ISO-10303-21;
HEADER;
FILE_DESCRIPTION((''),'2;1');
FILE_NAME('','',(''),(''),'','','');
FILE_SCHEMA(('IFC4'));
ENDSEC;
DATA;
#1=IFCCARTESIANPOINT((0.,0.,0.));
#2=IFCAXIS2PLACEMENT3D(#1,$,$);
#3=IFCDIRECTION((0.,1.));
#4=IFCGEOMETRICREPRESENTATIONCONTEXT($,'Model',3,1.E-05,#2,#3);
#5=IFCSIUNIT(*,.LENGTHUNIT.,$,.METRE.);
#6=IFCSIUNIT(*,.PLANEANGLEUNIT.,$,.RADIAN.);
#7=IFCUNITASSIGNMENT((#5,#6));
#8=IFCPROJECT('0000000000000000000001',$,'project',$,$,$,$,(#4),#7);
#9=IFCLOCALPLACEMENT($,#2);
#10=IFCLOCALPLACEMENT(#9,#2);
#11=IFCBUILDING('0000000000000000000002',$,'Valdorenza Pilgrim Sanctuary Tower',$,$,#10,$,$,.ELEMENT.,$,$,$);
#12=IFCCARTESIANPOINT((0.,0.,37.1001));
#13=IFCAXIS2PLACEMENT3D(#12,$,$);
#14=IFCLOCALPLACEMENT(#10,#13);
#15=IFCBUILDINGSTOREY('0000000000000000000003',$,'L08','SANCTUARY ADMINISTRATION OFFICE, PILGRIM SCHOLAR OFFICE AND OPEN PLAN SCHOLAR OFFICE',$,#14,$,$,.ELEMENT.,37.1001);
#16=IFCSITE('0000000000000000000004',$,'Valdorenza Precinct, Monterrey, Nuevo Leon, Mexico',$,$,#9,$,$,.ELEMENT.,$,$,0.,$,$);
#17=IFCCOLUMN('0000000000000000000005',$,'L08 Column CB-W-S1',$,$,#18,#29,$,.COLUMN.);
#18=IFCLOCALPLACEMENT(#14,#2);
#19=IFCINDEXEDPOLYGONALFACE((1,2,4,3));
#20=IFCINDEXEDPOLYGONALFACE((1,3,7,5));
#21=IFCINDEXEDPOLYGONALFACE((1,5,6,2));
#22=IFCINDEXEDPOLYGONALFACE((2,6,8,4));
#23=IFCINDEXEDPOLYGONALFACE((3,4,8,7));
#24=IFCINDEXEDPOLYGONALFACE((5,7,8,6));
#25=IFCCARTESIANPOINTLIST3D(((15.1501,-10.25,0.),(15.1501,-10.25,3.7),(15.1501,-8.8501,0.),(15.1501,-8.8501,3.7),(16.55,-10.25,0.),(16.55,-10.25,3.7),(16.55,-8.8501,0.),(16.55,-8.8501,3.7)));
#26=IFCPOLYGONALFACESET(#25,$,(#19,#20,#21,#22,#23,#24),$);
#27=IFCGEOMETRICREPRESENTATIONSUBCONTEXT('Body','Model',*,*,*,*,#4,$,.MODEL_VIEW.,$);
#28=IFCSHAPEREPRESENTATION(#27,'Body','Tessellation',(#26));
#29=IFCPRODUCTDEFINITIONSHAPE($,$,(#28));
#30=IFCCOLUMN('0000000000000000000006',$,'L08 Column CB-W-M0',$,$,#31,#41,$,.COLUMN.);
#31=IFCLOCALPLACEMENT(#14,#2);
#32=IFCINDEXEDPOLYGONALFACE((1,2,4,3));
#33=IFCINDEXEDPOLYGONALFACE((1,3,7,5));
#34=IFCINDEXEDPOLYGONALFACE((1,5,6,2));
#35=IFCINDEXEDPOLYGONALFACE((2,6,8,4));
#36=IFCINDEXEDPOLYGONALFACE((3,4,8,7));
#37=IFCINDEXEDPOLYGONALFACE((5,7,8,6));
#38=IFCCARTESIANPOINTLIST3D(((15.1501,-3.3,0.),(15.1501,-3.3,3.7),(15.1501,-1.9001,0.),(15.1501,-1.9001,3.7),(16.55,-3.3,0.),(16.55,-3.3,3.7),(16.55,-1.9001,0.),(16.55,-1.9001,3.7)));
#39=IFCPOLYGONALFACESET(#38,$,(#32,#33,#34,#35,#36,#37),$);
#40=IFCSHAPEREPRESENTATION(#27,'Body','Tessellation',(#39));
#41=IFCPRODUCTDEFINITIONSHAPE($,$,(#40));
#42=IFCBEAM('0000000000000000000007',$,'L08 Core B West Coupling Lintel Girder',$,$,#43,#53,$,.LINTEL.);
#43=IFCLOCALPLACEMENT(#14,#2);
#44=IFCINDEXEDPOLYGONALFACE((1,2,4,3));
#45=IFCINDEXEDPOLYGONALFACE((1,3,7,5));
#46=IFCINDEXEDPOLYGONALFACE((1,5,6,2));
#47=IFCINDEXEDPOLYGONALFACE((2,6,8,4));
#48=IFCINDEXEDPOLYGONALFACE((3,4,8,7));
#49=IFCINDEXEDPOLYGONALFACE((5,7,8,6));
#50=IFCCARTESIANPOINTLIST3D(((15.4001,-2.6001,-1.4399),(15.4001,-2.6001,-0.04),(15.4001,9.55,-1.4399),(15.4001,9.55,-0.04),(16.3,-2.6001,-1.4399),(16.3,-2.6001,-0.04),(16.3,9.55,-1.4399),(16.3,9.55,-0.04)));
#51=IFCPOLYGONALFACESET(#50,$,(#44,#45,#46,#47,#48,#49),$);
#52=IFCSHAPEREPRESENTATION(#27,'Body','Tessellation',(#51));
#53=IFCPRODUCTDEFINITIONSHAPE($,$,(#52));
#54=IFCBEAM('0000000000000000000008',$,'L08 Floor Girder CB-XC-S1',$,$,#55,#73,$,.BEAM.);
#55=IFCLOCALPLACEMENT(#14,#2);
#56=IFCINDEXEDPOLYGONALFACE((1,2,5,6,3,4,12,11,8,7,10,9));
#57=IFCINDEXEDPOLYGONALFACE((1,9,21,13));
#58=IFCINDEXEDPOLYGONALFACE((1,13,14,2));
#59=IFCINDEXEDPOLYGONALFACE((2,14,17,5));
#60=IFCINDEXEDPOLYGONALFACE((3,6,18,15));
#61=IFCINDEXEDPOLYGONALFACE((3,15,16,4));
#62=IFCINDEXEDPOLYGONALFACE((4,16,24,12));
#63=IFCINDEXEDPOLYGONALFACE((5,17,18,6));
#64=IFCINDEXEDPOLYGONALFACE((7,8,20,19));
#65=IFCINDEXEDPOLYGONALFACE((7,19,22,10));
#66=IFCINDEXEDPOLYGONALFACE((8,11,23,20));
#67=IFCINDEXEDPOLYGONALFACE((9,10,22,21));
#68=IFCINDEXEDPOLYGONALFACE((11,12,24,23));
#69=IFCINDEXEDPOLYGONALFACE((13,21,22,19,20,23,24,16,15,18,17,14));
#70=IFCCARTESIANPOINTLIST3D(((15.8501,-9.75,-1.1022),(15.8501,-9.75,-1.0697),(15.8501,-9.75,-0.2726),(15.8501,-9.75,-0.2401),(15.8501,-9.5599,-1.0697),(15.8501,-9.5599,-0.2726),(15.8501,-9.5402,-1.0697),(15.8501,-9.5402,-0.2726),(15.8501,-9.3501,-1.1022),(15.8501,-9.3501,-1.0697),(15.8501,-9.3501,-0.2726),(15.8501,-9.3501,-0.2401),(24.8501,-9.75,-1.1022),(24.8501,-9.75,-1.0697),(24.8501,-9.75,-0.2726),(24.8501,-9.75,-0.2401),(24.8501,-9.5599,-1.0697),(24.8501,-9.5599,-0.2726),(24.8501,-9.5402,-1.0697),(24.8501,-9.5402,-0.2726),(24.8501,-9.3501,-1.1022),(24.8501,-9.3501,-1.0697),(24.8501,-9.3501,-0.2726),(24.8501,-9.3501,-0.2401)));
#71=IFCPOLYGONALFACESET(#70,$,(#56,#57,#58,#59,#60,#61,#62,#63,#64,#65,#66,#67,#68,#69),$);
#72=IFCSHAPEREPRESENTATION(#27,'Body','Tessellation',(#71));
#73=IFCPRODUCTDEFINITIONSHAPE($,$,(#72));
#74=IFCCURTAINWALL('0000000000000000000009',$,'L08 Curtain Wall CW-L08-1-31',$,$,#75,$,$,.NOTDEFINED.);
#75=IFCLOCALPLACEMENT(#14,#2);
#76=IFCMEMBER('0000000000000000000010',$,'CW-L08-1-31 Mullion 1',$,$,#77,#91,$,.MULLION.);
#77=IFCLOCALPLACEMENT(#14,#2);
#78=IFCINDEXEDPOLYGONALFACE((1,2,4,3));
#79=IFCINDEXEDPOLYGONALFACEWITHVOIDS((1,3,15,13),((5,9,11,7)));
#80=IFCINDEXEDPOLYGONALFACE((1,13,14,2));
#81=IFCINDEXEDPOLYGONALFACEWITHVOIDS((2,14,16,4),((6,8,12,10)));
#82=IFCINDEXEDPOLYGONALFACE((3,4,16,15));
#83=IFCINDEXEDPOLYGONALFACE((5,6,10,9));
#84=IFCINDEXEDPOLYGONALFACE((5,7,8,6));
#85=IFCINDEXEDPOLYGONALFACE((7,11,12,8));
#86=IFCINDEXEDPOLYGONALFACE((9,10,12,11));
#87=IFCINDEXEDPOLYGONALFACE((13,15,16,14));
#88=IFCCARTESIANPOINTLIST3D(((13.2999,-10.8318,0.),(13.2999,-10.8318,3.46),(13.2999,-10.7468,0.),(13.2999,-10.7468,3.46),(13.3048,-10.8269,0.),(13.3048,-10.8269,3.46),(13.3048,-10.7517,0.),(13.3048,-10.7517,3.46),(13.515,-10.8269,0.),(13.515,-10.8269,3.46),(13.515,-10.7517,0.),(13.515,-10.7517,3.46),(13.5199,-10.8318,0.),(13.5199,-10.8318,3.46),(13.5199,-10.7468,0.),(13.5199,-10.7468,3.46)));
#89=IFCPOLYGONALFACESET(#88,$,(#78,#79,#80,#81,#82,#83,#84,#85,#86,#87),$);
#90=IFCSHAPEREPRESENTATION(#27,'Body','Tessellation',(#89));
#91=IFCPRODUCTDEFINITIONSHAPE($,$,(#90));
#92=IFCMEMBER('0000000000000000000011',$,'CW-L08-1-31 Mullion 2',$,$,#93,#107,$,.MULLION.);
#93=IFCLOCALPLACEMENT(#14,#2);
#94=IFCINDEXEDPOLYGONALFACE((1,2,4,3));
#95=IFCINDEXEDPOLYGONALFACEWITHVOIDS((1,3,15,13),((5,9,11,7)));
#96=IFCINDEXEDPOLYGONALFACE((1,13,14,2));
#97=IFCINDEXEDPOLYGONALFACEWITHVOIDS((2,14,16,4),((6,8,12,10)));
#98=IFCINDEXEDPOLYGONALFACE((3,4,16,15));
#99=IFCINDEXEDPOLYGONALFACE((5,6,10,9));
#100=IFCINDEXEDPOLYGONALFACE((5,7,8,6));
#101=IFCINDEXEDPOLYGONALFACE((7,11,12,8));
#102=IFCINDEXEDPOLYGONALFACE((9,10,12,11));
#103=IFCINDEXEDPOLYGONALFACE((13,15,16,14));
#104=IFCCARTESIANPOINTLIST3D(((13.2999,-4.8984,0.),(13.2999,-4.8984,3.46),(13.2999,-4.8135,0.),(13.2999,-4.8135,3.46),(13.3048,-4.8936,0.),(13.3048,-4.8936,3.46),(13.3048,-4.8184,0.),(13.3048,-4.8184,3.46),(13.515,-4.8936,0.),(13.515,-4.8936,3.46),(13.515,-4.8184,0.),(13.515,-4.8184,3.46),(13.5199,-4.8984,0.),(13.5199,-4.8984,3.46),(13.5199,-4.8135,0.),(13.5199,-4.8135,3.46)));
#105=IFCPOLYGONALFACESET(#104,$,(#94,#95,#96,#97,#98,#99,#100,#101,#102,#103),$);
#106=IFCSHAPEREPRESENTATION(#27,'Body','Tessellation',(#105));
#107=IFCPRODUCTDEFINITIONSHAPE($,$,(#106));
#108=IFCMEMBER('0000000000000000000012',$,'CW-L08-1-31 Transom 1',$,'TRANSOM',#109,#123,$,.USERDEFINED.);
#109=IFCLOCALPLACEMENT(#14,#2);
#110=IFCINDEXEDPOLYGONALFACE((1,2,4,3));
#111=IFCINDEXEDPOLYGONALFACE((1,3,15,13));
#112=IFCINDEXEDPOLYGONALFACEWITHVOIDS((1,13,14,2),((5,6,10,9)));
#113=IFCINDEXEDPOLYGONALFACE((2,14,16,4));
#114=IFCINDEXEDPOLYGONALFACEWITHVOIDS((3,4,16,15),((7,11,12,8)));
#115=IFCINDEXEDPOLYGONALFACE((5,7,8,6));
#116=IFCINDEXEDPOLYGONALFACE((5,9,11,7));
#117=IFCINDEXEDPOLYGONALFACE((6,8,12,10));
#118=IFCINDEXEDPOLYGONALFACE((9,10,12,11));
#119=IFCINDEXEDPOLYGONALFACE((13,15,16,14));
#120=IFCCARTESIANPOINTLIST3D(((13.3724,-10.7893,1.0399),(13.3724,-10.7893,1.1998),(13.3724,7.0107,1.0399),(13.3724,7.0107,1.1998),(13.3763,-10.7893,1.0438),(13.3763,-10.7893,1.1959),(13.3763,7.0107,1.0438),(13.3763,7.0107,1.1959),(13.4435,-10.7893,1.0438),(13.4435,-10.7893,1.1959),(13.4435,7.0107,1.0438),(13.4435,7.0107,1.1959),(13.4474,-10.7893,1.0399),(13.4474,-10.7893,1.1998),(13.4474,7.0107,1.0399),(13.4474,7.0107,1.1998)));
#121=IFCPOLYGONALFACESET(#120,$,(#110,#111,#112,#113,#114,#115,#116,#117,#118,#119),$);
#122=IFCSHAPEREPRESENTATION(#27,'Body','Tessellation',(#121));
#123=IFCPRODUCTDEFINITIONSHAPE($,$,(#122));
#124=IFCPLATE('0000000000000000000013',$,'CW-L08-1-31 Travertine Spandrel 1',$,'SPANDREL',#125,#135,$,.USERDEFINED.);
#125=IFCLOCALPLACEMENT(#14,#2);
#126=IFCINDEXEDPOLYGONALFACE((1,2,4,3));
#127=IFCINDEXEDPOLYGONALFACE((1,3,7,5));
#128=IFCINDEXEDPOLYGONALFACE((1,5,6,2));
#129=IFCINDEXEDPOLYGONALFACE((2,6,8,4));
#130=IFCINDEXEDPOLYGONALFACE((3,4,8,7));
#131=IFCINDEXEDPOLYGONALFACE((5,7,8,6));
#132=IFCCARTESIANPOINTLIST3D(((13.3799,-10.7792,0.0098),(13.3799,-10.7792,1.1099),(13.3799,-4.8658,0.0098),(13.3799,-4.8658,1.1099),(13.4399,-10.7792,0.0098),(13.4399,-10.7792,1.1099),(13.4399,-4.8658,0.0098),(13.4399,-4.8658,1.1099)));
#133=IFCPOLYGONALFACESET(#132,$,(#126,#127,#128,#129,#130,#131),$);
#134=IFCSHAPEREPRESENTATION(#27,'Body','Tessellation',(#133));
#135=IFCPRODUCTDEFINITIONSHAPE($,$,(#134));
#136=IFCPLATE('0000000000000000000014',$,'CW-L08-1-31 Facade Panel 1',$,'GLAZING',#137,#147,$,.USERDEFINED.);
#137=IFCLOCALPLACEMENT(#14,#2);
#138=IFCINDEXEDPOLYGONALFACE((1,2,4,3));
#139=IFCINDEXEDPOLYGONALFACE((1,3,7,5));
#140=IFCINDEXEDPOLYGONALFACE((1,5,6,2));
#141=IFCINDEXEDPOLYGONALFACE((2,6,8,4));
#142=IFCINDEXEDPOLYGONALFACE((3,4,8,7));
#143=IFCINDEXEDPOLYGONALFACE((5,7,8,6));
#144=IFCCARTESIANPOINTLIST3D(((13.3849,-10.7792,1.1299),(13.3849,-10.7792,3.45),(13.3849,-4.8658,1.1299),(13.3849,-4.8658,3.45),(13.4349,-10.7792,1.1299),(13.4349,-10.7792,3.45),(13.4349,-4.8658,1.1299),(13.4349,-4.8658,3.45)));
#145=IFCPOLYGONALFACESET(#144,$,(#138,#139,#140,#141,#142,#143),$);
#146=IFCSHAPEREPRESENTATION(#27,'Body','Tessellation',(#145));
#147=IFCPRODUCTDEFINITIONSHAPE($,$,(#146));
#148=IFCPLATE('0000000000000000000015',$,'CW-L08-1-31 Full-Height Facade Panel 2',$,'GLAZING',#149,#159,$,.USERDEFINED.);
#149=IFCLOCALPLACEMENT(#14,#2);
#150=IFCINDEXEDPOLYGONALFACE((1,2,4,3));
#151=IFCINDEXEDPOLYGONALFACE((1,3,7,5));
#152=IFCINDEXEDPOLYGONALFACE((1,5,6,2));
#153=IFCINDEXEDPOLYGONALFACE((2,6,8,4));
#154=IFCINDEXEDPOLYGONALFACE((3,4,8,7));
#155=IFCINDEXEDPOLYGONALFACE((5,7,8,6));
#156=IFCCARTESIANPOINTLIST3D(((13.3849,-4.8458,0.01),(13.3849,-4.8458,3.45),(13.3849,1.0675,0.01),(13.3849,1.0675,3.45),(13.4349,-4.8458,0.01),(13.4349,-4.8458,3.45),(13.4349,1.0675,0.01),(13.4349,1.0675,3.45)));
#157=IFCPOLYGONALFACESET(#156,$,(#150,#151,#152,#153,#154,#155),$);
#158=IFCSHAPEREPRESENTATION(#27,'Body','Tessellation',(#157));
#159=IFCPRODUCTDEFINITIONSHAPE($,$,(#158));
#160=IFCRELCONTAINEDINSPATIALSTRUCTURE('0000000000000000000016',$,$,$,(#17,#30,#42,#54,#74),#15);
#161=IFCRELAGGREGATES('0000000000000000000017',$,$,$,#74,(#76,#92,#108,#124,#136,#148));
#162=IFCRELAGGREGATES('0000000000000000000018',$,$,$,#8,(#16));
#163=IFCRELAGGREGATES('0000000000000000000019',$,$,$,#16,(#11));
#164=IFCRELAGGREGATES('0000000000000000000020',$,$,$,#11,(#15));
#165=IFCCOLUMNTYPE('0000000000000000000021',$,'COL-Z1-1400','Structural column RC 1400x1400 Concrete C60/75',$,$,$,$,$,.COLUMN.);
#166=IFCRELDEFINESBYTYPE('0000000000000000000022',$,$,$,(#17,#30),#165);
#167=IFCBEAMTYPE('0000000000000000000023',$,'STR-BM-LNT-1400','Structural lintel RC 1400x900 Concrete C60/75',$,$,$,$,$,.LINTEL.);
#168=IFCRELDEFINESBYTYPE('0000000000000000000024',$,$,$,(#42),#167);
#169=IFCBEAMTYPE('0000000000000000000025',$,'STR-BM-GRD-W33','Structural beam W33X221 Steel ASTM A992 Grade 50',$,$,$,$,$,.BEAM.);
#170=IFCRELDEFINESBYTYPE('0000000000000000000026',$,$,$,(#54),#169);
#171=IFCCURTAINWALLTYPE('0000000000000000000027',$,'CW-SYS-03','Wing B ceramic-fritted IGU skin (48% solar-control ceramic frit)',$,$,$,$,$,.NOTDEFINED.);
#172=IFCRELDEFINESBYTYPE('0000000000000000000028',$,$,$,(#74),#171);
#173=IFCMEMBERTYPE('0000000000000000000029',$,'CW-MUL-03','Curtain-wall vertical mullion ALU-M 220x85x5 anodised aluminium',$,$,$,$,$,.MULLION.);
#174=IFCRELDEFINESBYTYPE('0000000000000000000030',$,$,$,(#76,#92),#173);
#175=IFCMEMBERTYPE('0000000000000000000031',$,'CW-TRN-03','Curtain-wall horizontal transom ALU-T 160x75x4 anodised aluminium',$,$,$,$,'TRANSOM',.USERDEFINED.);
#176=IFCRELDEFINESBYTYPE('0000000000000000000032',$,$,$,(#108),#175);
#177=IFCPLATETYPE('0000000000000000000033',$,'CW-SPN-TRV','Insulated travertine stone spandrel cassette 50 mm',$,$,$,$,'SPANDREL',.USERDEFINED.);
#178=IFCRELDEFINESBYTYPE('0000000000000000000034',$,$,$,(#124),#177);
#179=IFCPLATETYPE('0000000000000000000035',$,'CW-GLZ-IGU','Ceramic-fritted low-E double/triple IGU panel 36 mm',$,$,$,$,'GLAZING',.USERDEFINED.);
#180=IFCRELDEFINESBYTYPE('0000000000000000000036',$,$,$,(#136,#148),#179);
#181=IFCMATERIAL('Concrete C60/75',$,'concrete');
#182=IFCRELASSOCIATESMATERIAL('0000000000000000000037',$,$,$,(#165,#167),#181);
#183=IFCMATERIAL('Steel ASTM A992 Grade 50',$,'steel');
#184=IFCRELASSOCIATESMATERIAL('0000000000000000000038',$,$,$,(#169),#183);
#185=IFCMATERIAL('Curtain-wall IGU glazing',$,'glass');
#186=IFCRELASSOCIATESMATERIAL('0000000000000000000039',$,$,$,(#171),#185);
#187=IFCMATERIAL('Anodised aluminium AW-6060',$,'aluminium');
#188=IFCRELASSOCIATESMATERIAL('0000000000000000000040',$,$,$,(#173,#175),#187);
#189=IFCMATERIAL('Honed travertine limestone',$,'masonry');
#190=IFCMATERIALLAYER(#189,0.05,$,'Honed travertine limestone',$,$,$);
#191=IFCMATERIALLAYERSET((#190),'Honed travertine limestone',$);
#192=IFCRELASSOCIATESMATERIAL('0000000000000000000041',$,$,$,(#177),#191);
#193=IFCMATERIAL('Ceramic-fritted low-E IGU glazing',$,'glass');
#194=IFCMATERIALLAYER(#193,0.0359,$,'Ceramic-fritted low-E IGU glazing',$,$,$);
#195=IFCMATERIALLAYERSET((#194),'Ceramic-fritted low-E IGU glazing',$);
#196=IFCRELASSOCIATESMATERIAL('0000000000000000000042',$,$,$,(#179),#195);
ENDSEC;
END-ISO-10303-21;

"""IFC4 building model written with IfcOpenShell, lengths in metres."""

from ifc_helpers import new_model, si_unit, direction, frame, origin, origin_2d, place, context, subcontext, project, spatial, rectangle, hollow_rectangle, i_section, extrude, source, transform, mapped, material, layer, layer_set, material_profile, profile_set, type_object, element, aggregate, save


model = new_model("IFC4")

# Units and contexts
model_context = context("Model", 3, precision=1e-05, world=origin(), true_north=direction((0.0, 1.0)))
body_context = subcontext(model_context, "Body", "Model", "MODEL_VIEW")
ifc_project = project(units=[si_unit("LENGTHUNIT", "METRE"), si_unit("PLANEANGLEUNIT", "RADIAN")], contexts=[model_context])

# Site, building, storey
site_placement = place(None, origin())
site = spatial("IfcSite", under=ifc_project, at=site_placement, Name="Valdorenza Precinct, Monterrey, Nuevo Leon, Mexico", CompositionType="ELEMENT", RefElevation=0.0)
building_placement = place(site_placement, origin())
building = spatial("IfcBuilding", under=site, at=building_placement, Name="Valdorenza Pilgrim Sanctuary Tower", CompositionType="ELEMENT")
storey_placement = place(building_placement, frame((0.0, 0.0, 37.1001)))
storey = spatial("IfcBuildingStorey", under=building, at=storey_placement, Name="L08", Description="SANCTUARY ADMINISTRATION OFFICE, PILGRIM SCHOLAR OFFICE AND OPEN PLAN SCHOLAR OFFICE", CompositionType="ELEMENT", Elevation=37.1001)

# Columns
ifc_material_1 = material(Name="Concrete C60/75", Category="concrete")
ifc_material_profile_1 = material_profile(ifc_material_1, rectangle(XDim=1.3999, YDim=1.3999, at=origin_2d()), Name="RC 1400x1400")
ifc_profile_set_1 = profile_set([ifc_material_profile_1], Name="Concrete C60/75")
column_type = type_object("IfcColumnType", Name="COL-Z1-1400", Description="Structural column RC 1400x1400 Concrete C60/75", PredefinedType="COLUMN", material=ifc_profile_set_1)
shared_shape_1 = source(origin(), body_context, "Body", "SweptSolid", [
    extrude(rectangle(XDim=1.3999, YDim=1.3999, at=origin_2d()), origin(), (0.0, 0.0, 1.0), 3.7),
])
for number, where, z_axis, x_axis, name in (
    (1, (15.8501, -9.55, 0.0), (0.0, 0.0, 1.0), (1.0, 0.0, 0.0), "L08 Column CB-W-S1"),
    (2, (15.8501, -2.6001, 0.0), (0.0, 0.0, 1.0), (1.0, 0.0, 0.0), "L08 Column CB-W-M0"),
):
    element("IfcColumn", number, at=place(storey_placement, frame(where, z_axis=z_axis, x_axis=x_axis)), inside=storey, type_object=column_type, Name=name, PredefinedType="COLUMN", context=body_context, shape_type="MappedRepresentation", body=[
        mapped(shared_shape_1, transform((0.0, 0.0, 0.0), x_axis=(1.0, 0.0, 0.0), y_axis=(0.0, 1.0, 0.0), z_axis=(0.0, 0.0, 1.0), scale=1.0)),
    ])

# Beams
ifc_material_profile_2 = material_profile(ifc_material_1, rectangle(XDim=0.8999, YDim=1.3999, at=origin_2d()), Name="RC 1400x900")
ifc_profile_set_2 = profile_set([ifc_material_profile_2], Name="Concrete C60/75")
beam_type_1 = type_object("IfcBeamType", Name="STR-BM-LNT-1400", Description="Structural lintel RC 1400x900 Concrete C60/75", PredefinedType="LINTEL", material=ifc_profile_set_2)
shared_shape_2 = source(origin(), body_context, "Body", "SweptSolid", [
    extrude(rectangle(XDim=0.8999, YDim=1.3999, at=origin_2d()), origin(), (0.0, 0.0, 1.0), 12.1501),
])
beam_1_placement = place(storey_placement, frame((15.8501, -2.6001, -0.74), z_axis=(0.0, 1.0, 0.0), x_axis=(-1.0, 0.0, 0.0)))
element("IfcBeam", 3, at=beam_1_placement, inside=storey, type_object=beam_type_1, Name="L08 Core B West Coupling Lintel Girder", PredefinedType="LINTEL", context=body_context, shape_type="MappedRepresentation", body=[
    mapped(shared_shape_2, transform((0.0, 0.0, 0.0), x_axis=(1.0, 0.0, 0.0), y_axis=(0.0, 1.0, 0.0), z_axis=(0.0, 0.0, 1.0), scale=1.0)),
])
ifc_material_2 = material(Name="Steel ASTM A992 Grade 50", Category="steel")
ifc_material_profile_3 = material_profile(ifc_material_2, i_section(OverallWidth=0.3999, OverallDepth=0.8621, WebThickness=0.0198, FlangeThickness=0.0325, at=origin_2d()), Name="W33X221")
ifc_profile_set_3 = profile_set([ifc_material_profile_3], Name="Steel ASTM A992 Grade 50")
beam_type_2 = type_object("IfcBeamType", Name="STR-BM-GRD-W33", Description="Structural beam W33X221 Steel ASTM A992 Grade 50", PredefinedType="BEAM", material=ifc_profile_set_3)
shared_shape_3 = source(origin(), body_context, "Body", "SweptSolid", [
    extrude(i_section(OverallWidth=0.3999, OverallDepth=0.8621, WebThickness=0.0198, FlangeThickness=0.0325, at=origin_2d()), origin(), (0.0, 0.0, 1.0), 9.0),
])
beam_2_placement = place(storey_placement, frame((15.8501, -9.55, -0.6711), z_axis=(1.0, 0.0, 0.0), x_axis=(0.0, 1.0, 0.0)))
element("IfcBeam", 4, at=beam_2_placement, inside=storey, type_object=beam_type_2, Name="L08 Floor Girder CB-XC-S1", PredefinedType="BEAM", context=body_context, shape_type="MappedRepresentation", body=[
    mapped(shared_shape_3, transform((0.0, 0.0, 0.0), x_axis=(1.0, 0.0, 0.0), y_axis=(0.0, 1.0, 0.0), z_axis=(0.0, 0.0, 1.0), scale=1.0)),
])

# Curtain wall, members, plates
ifc_material_3 = material(Name="Curtain-wall IGU glazing", Category="glass")
curtain_wall_type = type_object("IfcCurtainWallType", Name="CW-SYS-03", Description="Wing B ceramic-fritted IGU skin (48% solar-control ceramic frit)", PredefinedType="NOTDEFINED", material=ifc_material_3)
curtain_wall_placement = place(storey_placement, origin())
curtain_wall = element("IfcCurtainWall", 5, at=curtain_wall_placement, inside=storey, type_object=curtain_wall_type, Name="L08 Curtain Wall CW-L08-1-31", PredefinedType="NOTDEFINED")
ifc_material_4 = material(Name="Anodised aluminium AW-6060", Category="aluminium")
ifc_material_profile_4 = material_profile(ifc_material_4, hollow_rectangle(XDim=0.085, YDim=0.22, WallThickness=0.0049, at=origin_2d()), Name="ALU-M 220x85x5")
ifc_profile_set_4 = profile_set([ifc_material_profile_4], Name="Anodised aluminium AW-6060")
member_type_1 = type_object("IfcMemberType", Name="CW-MUL-03", Description="Curtain-wall vertical mullion ALU-M 220x85x5 anodised aluminium", PredefinedType="MULLION", material=ifc_profile_set_4)
shared_shape_4 = source(origin(), body_context, "Body", "SweptSolid", [
    extrude(hollow_rectangle(XDim=0.085, YDim=0.22, WallThickness=0.0049, at=origin_2d()), origin(), (0.0, 0.0, 1.0), 3.46),
])
member_1_placement = place(storey_placement, frame((13.4099, -10.7893, 0.0), z_axis=(0.0, 0.0, 1.0), x_axis=(0.0, 1.0, 0.0)))
member_1 = element("IfcMember", 6, at=member_1_placement, type_object=member_type_1, Name="CW-L08-1-31 Mullion 1", PredefinedType="MULLION", context=body_context, shape_type="MappedRepresentation", body=[
    mapped(shared_shape_4, transform((0.0, 0.0, 0.0), x_axis=(1.0, 0.0, 0.0), y_axis=(0.0, 1.0, 0.0), z_axis=(0.0, 0.0, 1.0), scale=1.0)),
])
member_2_placement = place(storey_placement, frame((13.4099, -4.856, 0.0), z_axis=(0.0, 0.0, 1.0), x_axis=(0.0, 1.0, 0.0)))
member_2 = element("IfcMember", 7, at=member_2_placement, type_object=member_type_1, Name="CW-L08-1-31 Mullion 2", PredefinedType="MULLION", context=body_context, shape_type="MappedRepresentation", body=[
    mapped(shared_shape_4, transform((0.0, 0.0, 0.0), x_axis=(1.0, 0.0, 0.0), y_axis=(0.0, 1.0, 0.0), z_axis=(0.0, 0.0, 1.0), scale=1.0)),
])
ifc_material_profile_5 = material_profile(ifc_material_4, hollow_rectangle(XDim=0.075, YDim=0.1599, WallThickness=0.0039, at=origin_2d()), Name="ALU-T 160x75x4")
ifc_profile_set_5 = profile_set([ifc_material_profile_5], Name="Anodised aluminium AW-6060")
member_type_2 = type_object("IfcMemberType", Name="CW-TRN-03", Description="Curtain-wall horizontal transom ALU-T 160x75x4 anodised aluminium", ElementType="TRANSOM", PredefinedType="USERDEFINED", material=ifc_profile_set_5)
shared_shape_5 = source(origin(), body_context, "Body", "SweptSolid", [
    extrude(hollow_rectangle(XDim=0.075, YDim=0.1599, WallThickness=0.0039, at=origin_2d()), origin(), (0.0, 0.0, 1.0), 17.8),
])
member_3_placement = place(storey_placement, frame((13.4099, -10.7893, 1.1199), z_axis=(0.0, 1.0, 0.0), x_axis=(-1.0, 0.0, 0.0)))
member_3 = element("IfcMember", 8, at=member_3_placement, type_object=member_type_2, Name="CW-L08-1-31 Transom 1", ObjectType="TRANSOM", PredefinedType="USERDEFINED", context=body_context, shape_type="MappedRepresentation", body=[
    mapped(shared_shape_5, transform((0.0, 0.0, 0.0), x_axis=(1.0, 0.0, 0.0), y_axis=(0.0, 1.0, 0.0), z_axis=(0.0, 0.0, 1.0), scale=1.0)),
])
ifc_material_5 = material(Name="Honed travertine limestone", Category="masonry")
ifc_layer_1 = layer(ifc_material_5, 0.05, Name="Honed travertine limestone")
ifc_layer_set_1 = layer_set([ifc_layer_1], Name="Honed travertine limestone")
plate_type_1 = type_object("IfcPlateType", Name="CW-SPN-TRV", Description="Insulated travertine stone spandrel cassette 50 mm", ElementType="SPANDREL", PredefinedType="USERDEFINED", material=ifc_layer_set_1)
shared_shape_6 = source(origin(), body_context, "Body", "SweptSolid", [
    extrude(rectangle(XDim=5.9133, YDim=0.0601, at=origin_2d()), origin(), (0.0, 0.0, 1.0), 1.1001),
])
plate_1_placement = place(storey_placement, frame((13.4099, -7.8225, 0.0098), z_axis=(0.0, 0.0, 1.0), x_axis=(0.0, 1.0, 0.0)))
plate_1 = element("IfcPlate", 9, at=plate_1_placement, type_object=plate_type_1, Name="CW-L08-1-31 Travertine Spandrel 1", ObjectType="SPANDREL", PredefinedType="USERDEFINED", context=body_context, shape_type="MappedRepresentation", body=[
    mapped(shared_shape_6, transform((0.0, 0.0, 0.0), x_axis=(1.0, 0.0, 0.0), y_axis=(0.0, 1.0, 0.0), z_axis=(0.0, 0.0, 1.0), scale=1.0)),
])
ifc_material_6 = material(Name="Ceramic-fritted low-E IGU glazing", Category="glass")
ifc_layer_2 = layer(ifc_material_6, 0.0359, Name="Ceramic-fritted low-E IGU glazing")
ifc_layer_set_2 = layer_set([ifc_layer_2], Name="Ceramic-fritted low-E IGU glazing")
plate_type_2 = type_object("IfcPlateType", Name="CW-GLZ-IGU", Description="Ceramic-fritted low-E double/triple IGU panel 36 mm", ElementType="GLAZING", PredefinedType="USERDEFINED", material=ifc_layer_set_2)
shared_shape_7 = source(origin(), body_context, "Body", "SweptSolid", [
    extrude(rectangle(XDim=5.9133, YDim=0.05, at=origin_2d()), origin(), (0.0, 0.0, 1.0), 2.3201),
])
plate_2_placement = place(storey_placement, frame((13.4099, -7.8225, 1.1299), z_axis=(0.0, 0.0, 1.0), x_axis=(0.0, 1.0, 0.0)))
plate_2 = element("IfcPlate", 10, at=plate_2_placement, type_object=plate_type_2, Name="CW-L08-1-31 Facade Panel 1", ObjectType="GLAZING", PredefinedType="USERDEFINED", context=body_context, shape_type="MappedRepresentation", body=[
    mapped(shared_shape_7, transform((0.0, 0.0, 0.0), x_axis=(1.0, 0.0, 0.0), y_axis=(0.0, 1.0, 0.0), z_axis=(0.0, 0.0, 1.0), scale=1.0)),
])
shared_shape_8 = source(origin(), body_context, "Body", "SweptSolid", [
    extrude(rectangle(XDim=5.9133, YDim=0.05, at=origin_2d()), origin(), (0.0, 0.0, 1.0), 3.4399),
])
plate_3_placement = place(storey_placement, frame((13.4099, -1.8892, 0.01), z_axis=(0.0, 0.0, 1.0), x_axis=(0.0, 1.0, 0.0)))
plate_3 = element("IfcPlate", 11, at=plate_3_placement, type_object=plate_type_2, Name="CW-L08-1-31 Full-Height Facade Panel 2", ObjectType="GLAZING", PredefinedType="USERDEFINED", context=body_context, shape_type="MappedRepresentation", body=[
    mapped(shared_shape_8, transform((0.0, 0.0, 0.0), x_axis=(1.0, 0.0, 0.0), y_axis=(0.0, 1.0, 0.0), z_axis=(0.0, 0.0, 1.0), scale=1.0)),
])
aggregate(curtain_wall, [member_1, member_2, member_3, plate_1, plate_2, plate_3])

save(model, "model.ifc")
